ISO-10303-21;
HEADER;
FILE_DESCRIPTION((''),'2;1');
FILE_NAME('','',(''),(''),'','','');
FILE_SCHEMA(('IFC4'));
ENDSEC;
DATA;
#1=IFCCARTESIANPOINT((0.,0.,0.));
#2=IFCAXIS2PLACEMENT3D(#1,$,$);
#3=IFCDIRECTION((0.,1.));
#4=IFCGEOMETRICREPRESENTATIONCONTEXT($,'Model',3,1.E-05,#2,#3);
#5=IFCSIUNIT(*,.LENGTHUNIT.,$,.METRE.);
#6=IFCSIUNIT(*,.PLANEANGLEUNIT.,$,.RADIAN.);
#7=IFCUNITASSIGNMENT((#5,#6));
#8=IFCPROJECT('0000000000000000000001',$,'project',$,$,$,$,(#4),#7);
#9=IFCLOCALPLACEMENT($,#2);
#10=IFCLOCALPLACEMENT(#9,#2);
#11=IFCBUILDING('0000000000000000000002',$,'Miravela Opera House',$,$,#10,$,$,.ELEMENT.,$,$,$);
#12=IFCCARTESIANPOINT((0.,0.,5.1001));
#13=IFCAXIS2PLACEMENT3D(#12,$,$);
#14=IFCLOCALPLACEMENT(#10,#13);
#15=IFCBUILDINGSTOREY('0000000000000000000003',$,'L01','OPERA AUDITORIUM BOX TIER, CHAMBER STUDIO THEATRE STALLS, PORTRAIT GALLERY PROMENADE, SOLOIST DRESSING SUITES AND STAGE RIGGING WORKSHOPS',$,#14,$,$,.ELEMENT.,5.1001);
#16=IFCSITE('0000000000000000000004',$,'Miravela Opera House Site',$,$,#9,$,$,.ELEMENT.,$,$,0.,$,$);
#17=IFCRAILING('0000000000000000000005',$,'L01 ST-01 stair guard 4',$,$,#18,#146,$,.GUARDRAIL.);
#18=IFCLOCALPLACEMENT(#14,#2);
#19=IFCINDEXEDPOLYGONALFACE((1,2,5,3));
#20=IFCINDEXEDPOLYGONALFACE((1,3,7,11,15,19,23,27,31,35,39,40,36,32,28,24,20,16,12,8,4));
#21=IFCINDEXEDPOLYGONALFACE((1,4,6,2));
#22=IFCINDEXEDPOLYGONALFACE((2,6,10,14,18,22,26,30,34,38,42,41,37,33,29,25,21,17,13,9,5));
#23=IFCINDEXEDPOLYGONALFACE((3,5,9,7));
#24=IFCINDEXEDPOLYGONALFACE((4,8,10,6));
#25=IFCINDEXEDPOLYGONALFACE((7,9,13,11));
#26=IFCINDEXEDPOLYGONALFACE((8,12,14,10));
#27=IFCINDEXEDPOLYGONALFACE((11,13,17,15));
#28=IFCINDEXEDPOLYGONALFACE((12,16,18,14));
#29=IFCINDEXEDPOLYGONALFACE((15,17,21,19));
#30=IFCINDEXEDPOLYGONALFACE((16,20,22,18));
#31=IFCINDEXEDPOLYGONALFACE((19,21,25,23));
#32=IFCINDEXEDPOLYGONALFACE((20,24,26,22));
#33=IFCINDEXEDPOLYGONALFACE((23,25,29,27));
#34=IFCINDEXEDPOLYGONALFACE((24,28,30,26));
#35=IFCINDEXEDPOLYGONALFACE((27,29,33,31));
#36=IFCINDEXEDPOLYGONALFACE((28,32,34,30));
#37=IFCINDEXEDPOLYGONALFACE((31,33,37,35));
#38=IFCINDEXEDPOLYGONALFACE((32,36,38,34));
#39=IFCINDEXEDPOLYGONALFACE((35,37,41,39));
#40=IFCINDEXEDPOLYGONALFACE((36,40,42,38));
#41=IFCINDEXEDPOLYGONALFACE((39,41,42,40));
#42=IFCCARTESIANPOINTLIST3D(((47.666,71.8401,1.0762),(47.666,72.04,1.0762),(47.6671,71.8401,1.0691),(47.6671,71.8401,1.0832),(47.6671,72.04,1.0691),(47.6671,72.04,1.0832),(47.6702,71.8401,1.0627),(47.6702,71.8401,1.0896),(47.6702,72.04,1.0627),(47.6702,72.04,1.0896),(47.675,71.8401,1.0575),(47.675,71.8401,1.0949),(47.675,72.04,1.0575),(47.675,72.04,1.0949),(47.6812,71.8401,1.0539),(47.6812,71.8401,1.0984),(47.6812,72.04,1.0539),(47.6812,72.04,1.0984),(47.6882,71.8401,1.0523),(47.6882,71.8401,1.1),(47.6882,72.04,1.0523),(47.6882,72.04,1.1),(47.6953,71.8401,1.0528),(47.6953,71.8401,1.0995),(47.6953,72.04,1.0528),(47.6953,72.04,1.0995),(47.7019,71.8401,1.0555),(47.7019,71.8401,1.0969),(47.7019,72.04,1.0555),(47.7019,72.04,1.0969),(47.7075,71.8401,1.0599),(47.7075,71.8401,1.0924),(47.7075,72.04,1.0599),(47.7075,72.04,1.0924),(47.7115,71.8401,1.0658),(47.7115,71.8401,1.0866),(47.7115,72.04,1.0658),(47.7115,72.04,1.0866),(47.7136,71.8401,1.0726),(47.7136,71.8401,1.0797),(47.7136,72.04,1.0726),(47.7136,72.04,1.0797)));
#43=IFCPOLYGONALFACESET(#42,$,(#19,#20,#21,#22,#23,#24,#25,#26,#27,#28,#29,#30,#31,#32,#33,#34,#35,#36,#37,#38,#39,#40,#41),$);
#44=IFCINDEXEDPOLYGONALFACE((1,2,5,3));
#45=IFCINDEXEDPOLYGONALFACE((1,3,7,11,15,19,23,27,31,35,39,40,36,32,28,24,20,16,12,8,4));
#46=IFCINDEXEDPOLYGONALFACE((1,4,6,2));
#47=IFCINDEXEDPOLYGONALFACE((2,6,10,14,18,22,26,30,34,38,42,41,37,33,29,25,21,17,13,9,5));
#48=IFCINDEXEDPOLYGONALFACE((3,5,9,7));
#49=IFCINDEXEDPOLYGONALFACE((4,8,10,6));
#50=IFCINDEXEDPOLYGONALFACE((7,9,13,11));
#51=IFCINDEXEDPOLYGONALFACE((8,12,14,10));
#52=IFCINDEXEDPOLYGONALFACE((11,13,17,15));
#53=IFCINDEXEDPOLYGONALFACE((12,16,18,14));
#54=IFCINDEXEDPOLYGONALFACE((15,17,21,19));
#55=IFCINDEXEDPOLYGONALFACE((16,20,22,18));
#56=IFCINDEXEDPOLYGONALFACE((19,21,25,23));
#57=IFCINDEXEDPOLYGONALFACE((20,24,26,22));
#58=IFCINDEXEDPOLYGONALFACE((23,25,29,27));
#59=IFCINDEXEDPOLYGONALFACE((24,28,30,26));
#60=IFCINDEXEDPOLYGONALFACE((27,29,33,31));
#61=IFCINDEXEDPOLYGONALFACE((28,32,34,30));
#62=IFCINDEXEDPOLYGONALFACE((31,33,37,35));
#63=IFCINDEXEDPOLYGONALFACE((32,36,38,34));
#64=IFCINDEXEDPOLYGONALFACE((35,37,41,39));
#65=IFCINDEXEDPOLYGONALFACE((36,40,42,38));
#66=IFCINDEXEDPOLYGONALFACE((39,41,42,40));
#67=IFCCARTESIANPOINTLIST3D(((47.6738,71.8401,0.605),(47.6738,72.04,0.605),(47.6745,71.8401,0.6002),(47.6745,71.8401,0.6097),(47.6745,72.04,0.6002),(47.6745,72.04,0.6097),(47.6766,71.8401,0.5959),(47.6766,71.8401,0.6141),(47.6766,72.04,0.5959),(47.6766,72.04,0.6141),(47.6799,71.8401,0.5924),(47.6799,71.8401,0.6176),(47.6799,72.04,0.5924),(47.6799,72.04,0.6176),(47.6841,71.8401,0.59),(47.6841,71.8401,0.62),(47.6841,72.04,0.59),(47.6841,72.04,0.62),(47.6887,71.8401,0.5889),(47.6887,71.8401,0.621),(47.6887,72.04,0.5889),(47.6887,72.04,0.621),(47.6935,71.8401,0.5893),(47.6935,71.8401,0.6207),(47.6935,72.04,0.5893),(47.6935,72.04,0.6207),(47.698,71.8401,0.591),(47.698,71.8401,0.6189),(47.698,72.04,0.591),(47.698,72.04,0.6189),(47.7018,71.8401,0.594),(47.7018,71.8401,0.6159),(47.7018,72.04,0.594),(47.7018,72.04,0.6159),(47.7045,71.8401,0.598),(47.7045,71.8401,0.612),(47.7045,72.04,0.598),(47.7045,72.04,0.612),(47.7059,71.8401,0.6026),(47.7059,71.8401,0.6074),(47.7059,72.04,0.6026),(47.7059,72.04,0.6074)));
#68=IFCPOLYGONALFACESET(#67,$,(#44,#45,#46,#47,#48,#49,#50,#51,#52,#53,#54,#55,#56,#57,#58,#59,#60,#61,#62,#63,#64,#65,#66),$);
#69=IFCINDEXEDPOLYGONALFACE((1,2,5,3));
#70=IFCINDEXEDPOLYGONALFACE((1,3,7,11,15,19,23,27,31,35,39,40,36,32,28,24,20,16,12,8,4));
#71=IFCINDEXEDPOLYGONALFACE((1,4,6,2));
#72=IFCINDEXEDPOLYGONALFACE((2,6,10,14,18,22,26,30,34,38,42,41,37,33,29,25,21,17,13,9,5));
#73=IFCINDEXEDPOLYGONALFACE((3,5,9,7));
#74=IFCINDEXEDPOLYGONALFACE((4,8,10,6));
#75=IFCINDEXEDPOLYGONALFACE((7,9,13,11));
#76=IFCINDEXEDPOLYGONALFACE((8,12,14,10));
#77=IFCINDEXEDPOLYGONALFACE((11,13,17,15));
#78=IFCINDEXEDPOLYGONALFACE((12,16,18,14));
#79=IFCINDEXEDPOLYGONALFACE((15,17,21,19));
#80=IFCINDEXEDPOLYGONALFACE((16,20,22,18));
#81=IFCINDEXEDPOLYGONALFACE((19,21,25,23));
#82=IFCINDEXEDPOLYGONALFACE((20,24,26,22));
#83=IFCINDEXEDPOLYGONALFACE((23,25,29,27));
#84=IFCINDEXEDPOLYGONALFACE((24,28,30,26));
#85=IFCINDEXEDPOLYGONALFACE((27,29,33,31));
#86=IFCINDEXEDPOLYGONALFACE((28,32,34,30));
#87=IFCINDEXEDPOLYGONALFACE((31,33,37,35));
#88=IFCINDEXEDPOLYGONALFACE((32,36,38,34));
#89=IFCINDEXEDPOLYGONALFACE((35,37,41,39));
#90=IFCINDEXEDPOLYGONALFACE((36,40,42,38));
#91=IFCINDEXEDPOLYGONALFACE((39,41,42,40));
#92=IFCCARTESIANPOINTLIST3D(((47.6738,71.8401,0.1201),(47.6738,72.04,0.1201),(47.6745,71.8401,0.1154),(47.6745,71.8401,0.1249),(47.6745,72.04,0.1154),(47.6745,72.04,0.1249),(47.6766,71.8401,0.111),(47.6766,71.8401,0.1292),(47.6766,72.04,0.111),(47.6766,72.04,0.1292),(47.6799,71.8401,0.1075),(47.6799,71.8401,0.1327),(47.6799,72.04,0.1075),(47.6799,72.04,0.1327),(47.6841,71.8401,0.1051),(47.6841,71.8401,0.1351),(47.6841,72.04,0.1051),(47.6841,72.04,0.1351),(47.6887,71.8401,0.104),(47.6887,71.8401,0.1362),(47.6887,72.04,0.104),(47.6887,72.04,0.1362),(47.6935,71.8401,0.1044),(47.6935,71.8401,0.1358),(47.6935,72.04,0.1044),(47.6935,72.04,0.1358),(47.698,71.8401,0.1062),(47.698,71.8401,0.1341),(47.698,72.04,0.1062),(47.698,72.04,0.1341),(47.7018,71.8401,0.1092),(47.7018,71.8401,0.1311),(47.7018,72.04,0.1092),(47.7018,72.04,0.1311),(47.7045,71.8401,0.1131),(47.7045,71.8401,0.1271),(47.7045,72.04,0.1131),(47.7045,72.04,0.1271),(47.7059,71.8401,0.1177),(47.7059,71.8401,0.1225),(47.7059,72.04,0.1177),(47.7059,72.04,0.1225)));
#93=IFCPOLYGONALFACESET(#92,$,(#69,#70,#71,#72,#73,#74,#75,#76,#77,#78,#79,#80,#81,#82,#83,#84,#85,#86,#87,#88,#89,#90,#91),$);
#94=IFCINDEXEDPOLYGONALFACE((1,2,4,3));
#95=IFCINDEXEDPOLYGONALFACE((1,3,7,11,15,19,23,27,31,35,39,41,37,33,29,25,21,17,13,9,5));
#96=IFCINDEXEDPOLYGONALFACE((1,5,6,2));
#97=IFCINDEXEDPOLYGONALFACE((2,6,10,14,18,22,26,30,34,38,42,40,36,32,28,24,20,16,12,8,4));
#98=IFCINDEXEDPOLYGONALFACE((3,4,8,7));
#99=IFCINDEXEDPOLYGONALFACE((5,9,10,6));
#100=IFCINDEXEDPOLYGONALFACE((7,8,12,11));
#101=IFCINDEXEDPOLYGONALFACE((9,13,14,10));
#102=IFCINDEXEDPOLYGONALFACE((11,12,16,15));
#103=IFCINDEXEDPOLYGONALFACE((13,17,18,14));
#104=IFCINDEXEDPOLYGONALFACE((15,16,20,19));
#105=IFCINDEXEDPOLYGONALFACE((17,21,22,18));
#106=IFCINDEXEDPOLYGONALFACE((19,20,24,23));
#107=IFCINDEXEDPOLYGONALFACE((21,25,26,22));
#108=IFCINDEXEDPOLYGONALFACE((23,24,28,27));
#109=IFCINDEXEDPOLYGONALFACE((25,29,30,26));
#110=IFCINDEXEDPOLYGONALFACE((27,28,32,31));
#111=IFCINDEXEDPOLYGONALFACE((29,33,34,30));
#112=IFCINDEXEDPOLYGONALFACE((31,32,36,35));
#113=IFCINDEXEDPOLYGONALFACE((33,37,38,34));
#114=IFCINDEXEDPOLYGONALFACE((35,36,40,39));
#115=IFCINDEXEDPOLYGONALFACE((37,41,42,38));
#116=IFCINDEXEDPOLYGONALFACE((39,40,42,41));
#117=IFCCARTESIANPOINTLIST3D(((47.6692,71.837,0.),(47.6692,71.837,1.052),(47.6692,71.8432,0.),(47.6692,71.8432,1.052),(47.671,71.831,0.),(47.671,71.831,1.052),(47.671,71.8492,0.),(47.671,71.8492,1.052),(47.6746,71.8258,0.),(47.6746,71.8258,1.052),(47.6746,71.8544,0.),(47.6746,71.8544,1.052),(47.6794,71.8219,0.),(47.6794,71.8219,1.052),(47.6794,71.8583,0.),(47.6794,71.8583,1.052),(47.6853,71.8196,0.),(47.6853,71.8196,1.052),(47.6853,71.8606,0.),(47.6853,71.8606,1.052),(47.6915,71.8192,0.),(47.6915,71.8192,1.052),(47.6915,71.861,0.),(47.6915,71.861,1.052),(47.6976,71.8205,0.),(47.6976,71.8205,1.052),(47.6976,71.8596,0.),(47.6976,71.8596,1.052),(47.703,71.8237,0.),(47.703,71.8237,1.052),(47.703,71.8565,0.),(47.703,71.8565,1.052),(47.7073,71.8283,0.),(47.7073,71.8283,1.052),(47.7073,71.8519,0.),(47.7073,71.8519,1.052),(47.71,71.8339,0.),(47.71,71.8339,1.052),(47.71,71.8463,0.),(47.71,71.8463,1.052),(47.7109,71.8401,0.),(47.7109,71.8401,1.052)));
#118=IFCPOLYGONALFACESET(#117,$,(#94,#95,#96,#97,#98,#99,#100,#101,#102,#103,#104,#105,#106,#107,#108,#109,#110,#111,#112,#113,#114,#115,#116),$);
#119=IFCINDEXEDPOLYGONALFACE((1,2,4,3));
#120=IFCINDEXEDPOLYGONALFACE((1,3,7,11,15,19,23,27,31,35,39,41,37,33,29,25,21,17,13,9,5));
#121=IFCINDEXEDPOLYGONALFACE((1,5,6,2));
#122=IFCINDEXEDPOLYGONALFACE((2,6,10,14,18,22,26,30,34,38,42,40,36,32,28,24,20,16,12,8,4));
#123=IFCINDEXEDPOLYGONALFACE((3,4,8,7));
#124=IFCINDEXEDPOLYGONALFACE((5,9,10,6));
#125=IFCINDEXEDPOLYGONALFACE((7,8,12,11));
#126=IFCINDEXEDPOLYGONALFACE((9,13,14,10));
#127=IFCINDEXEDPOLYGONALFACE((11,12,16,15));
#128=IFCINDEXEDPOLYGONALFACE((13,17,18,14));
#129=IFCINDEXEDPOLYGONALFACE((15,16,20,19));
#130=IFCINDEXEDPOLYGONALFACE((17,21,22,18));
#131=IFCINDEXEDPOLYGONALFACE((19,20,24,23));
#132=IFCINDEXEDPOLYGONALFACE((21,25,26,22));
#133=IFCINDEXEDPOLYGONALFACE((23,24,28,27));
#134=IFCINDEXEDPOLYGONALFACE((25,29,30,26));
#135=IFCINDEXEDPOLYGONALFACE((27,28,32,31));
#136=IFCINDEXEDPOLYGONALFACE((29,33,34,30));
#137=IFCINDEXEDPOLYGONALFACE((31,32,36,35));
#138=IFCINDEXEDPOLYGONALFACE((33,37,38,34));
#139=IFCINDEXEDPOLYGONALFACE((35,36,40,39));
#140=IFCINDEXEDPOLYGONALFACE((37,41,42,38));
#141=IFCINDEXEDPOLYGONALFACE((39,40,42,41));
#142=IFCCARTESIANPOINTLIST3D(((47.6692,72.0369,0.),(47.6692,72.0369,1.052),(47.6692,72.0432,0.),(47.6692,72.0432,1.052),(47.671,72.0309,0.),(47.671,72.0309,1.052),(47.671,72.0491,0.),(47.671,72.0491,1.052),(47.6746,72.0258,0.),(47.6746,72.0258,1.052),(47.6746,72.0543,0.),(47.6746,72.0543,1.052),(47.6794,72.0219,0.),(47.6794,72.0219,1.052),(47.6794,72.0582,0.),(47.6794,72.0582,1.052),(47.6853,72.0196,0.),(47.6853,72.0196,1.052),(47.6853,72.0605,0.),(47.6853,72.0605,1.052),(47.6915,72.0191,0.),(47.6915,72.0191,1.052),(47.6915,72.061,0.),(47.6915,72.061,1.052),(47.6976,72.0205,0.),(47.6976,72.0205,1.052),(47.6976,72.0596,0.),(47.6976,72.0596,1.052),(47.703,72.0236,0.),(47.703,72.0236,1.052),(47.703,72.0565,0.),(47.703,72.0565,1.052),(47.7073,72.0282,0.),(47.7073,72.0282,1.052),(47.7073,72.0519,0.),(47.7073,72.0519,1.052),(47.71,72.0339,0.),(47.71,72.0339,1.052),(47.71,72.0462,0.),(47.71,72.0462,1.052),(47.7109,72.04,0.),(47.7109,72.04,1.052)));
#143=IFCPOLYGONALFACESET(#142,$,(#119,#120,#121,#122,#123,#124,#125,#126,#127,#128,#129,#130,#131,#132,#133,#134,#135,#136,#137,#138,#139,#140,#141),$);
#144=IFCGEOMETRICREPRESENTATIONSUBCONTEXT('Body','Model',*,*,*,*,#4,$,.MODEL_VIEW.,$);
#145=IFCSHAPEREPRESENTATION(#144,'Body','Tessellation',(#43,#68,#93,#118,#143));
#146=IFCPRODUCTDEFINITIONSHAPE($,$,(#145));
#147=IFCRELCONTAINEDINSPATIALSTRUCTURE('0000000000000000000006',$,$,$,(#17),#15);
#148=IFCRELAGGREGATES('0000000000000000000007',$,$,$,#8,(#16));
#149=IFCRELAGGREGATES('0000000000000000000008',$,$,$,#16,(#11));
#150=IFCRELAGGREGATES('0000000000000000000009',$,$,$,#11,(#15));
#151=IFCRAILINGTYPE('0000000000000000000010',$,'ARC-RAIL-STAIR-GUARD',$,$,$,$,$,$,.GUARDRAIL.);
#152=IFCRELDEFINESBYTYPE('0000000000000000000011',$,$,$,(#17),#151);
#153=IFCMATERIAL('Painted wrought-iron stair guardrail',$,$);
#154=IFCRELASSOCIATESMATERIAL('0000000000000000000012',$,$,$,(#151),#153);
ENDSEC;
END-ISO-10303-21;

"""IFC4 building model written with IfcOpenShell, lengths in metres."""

from ifc_helpers import new_model, si_unit, direction, frame, origin, origin_2d, place, context, subcontext, project, spatial, circle, extrude, material, type_object, element, save


model = new_model("IFC4")

# Units and contexts
model_context = context("Model", 3, precision=1e-05, world=origin(), true_north=direction((0.0, 1.0)))
body_context = subcontext(model_context, "Body", "Model", "MODEL_VIEW")
ifc_project = project(units=[si_unit("LENGTHUNIT", "METRE"), si_unit("PLANEANGLEUNIT", "RADIAN")], contexts=[model_context])

# Site, building, storey
site_placement = place(None, origin())
site = spatial("IfcSite", under=ifc_project, at=site_placement, Name="Miravela Opera House Site", CompositionType="ELEMENT", RefElevation=0.0)
building_placement = place(site_placement, origin())
building = spatial("IfcBuilding", under=site, at=building_placement, Name="Miravela Opera House", CompositionType="ELEMENT")
storey_placement = place(building_placement, frame((0.0, 0.0, 5.1001)))
storey = spatial("IfcBuildingStorey", under=building, at=storey_placement, Name="L01", Description="OPERA AUDITORIUM BOX TIER, CHAMBER STUDIO THEATRE STALLS, PORTRAIT GALLERY PROMENADE, SOLOIST DRESSING SUITES AND STAGE RIGGING WORKSHOPS", CompositionType="ELEMENT", Elevation=5.1001)

# Railing
ifc_material_1 = material(Name="Painted wrought-iron stair guardrail")
railing_type_1 = type_object("IfcRailingType", Name="ARC-RAIL-STAIR-GUARD", PredefinedType="GUARDRAIL", material=ifc_material_1)
railing_1_placement = place(storey_placement, frame((47.6899, 71.8401, 0.0)))
element("IfcRailing", 1, at=railing_1_placement, inside=storey, type_object=railing_type_1, Name="L01 ST-01 stair guard 4", PredefinedType="GUARDRAIL", context=body_context, shape_type="SweptSolid", body=[
    extrude(circle(Radius=0.0239, at=origin_2d()), frame((0.0, 0.0, 1.0762), z_axis=(0.0, 1.0, 0.0), x_axis=(-1.0, 0.0, 0.0)), (0.0, 0.0, 1.0), 0.2),
    extrude(circle(Radius=0.0161, at=origin_2d()), frame((0.0, 0.0, 0.605), z_axis=(0.0, 1.0, 0.0), x_axis=(-1.0, 0.0, 0.0)), (0.0, 0.0, 1.0), 0.2),
    extrude(circle(Radius=0.0161, at=origin_2d()), frame((0.0, 0.0, 0.1201), z_axis=(0.0, 1.0, 0.0), x_axis=(-1.0, 0.0, 0.0)), (0.0, 0.0, 1.0), 0.2),
    extrude(circle(Radius=0.021, at=origin_2d()), origin(), (0.0, 0.0, 1.0), 1.052),
    extrude(circle(Radius=0.021, at=origin_2d()), frame((0.0, 0.2, 0.0)), (0.0, 0.0, 1.0), 1.052),
])

save(model, "model.ifc")
